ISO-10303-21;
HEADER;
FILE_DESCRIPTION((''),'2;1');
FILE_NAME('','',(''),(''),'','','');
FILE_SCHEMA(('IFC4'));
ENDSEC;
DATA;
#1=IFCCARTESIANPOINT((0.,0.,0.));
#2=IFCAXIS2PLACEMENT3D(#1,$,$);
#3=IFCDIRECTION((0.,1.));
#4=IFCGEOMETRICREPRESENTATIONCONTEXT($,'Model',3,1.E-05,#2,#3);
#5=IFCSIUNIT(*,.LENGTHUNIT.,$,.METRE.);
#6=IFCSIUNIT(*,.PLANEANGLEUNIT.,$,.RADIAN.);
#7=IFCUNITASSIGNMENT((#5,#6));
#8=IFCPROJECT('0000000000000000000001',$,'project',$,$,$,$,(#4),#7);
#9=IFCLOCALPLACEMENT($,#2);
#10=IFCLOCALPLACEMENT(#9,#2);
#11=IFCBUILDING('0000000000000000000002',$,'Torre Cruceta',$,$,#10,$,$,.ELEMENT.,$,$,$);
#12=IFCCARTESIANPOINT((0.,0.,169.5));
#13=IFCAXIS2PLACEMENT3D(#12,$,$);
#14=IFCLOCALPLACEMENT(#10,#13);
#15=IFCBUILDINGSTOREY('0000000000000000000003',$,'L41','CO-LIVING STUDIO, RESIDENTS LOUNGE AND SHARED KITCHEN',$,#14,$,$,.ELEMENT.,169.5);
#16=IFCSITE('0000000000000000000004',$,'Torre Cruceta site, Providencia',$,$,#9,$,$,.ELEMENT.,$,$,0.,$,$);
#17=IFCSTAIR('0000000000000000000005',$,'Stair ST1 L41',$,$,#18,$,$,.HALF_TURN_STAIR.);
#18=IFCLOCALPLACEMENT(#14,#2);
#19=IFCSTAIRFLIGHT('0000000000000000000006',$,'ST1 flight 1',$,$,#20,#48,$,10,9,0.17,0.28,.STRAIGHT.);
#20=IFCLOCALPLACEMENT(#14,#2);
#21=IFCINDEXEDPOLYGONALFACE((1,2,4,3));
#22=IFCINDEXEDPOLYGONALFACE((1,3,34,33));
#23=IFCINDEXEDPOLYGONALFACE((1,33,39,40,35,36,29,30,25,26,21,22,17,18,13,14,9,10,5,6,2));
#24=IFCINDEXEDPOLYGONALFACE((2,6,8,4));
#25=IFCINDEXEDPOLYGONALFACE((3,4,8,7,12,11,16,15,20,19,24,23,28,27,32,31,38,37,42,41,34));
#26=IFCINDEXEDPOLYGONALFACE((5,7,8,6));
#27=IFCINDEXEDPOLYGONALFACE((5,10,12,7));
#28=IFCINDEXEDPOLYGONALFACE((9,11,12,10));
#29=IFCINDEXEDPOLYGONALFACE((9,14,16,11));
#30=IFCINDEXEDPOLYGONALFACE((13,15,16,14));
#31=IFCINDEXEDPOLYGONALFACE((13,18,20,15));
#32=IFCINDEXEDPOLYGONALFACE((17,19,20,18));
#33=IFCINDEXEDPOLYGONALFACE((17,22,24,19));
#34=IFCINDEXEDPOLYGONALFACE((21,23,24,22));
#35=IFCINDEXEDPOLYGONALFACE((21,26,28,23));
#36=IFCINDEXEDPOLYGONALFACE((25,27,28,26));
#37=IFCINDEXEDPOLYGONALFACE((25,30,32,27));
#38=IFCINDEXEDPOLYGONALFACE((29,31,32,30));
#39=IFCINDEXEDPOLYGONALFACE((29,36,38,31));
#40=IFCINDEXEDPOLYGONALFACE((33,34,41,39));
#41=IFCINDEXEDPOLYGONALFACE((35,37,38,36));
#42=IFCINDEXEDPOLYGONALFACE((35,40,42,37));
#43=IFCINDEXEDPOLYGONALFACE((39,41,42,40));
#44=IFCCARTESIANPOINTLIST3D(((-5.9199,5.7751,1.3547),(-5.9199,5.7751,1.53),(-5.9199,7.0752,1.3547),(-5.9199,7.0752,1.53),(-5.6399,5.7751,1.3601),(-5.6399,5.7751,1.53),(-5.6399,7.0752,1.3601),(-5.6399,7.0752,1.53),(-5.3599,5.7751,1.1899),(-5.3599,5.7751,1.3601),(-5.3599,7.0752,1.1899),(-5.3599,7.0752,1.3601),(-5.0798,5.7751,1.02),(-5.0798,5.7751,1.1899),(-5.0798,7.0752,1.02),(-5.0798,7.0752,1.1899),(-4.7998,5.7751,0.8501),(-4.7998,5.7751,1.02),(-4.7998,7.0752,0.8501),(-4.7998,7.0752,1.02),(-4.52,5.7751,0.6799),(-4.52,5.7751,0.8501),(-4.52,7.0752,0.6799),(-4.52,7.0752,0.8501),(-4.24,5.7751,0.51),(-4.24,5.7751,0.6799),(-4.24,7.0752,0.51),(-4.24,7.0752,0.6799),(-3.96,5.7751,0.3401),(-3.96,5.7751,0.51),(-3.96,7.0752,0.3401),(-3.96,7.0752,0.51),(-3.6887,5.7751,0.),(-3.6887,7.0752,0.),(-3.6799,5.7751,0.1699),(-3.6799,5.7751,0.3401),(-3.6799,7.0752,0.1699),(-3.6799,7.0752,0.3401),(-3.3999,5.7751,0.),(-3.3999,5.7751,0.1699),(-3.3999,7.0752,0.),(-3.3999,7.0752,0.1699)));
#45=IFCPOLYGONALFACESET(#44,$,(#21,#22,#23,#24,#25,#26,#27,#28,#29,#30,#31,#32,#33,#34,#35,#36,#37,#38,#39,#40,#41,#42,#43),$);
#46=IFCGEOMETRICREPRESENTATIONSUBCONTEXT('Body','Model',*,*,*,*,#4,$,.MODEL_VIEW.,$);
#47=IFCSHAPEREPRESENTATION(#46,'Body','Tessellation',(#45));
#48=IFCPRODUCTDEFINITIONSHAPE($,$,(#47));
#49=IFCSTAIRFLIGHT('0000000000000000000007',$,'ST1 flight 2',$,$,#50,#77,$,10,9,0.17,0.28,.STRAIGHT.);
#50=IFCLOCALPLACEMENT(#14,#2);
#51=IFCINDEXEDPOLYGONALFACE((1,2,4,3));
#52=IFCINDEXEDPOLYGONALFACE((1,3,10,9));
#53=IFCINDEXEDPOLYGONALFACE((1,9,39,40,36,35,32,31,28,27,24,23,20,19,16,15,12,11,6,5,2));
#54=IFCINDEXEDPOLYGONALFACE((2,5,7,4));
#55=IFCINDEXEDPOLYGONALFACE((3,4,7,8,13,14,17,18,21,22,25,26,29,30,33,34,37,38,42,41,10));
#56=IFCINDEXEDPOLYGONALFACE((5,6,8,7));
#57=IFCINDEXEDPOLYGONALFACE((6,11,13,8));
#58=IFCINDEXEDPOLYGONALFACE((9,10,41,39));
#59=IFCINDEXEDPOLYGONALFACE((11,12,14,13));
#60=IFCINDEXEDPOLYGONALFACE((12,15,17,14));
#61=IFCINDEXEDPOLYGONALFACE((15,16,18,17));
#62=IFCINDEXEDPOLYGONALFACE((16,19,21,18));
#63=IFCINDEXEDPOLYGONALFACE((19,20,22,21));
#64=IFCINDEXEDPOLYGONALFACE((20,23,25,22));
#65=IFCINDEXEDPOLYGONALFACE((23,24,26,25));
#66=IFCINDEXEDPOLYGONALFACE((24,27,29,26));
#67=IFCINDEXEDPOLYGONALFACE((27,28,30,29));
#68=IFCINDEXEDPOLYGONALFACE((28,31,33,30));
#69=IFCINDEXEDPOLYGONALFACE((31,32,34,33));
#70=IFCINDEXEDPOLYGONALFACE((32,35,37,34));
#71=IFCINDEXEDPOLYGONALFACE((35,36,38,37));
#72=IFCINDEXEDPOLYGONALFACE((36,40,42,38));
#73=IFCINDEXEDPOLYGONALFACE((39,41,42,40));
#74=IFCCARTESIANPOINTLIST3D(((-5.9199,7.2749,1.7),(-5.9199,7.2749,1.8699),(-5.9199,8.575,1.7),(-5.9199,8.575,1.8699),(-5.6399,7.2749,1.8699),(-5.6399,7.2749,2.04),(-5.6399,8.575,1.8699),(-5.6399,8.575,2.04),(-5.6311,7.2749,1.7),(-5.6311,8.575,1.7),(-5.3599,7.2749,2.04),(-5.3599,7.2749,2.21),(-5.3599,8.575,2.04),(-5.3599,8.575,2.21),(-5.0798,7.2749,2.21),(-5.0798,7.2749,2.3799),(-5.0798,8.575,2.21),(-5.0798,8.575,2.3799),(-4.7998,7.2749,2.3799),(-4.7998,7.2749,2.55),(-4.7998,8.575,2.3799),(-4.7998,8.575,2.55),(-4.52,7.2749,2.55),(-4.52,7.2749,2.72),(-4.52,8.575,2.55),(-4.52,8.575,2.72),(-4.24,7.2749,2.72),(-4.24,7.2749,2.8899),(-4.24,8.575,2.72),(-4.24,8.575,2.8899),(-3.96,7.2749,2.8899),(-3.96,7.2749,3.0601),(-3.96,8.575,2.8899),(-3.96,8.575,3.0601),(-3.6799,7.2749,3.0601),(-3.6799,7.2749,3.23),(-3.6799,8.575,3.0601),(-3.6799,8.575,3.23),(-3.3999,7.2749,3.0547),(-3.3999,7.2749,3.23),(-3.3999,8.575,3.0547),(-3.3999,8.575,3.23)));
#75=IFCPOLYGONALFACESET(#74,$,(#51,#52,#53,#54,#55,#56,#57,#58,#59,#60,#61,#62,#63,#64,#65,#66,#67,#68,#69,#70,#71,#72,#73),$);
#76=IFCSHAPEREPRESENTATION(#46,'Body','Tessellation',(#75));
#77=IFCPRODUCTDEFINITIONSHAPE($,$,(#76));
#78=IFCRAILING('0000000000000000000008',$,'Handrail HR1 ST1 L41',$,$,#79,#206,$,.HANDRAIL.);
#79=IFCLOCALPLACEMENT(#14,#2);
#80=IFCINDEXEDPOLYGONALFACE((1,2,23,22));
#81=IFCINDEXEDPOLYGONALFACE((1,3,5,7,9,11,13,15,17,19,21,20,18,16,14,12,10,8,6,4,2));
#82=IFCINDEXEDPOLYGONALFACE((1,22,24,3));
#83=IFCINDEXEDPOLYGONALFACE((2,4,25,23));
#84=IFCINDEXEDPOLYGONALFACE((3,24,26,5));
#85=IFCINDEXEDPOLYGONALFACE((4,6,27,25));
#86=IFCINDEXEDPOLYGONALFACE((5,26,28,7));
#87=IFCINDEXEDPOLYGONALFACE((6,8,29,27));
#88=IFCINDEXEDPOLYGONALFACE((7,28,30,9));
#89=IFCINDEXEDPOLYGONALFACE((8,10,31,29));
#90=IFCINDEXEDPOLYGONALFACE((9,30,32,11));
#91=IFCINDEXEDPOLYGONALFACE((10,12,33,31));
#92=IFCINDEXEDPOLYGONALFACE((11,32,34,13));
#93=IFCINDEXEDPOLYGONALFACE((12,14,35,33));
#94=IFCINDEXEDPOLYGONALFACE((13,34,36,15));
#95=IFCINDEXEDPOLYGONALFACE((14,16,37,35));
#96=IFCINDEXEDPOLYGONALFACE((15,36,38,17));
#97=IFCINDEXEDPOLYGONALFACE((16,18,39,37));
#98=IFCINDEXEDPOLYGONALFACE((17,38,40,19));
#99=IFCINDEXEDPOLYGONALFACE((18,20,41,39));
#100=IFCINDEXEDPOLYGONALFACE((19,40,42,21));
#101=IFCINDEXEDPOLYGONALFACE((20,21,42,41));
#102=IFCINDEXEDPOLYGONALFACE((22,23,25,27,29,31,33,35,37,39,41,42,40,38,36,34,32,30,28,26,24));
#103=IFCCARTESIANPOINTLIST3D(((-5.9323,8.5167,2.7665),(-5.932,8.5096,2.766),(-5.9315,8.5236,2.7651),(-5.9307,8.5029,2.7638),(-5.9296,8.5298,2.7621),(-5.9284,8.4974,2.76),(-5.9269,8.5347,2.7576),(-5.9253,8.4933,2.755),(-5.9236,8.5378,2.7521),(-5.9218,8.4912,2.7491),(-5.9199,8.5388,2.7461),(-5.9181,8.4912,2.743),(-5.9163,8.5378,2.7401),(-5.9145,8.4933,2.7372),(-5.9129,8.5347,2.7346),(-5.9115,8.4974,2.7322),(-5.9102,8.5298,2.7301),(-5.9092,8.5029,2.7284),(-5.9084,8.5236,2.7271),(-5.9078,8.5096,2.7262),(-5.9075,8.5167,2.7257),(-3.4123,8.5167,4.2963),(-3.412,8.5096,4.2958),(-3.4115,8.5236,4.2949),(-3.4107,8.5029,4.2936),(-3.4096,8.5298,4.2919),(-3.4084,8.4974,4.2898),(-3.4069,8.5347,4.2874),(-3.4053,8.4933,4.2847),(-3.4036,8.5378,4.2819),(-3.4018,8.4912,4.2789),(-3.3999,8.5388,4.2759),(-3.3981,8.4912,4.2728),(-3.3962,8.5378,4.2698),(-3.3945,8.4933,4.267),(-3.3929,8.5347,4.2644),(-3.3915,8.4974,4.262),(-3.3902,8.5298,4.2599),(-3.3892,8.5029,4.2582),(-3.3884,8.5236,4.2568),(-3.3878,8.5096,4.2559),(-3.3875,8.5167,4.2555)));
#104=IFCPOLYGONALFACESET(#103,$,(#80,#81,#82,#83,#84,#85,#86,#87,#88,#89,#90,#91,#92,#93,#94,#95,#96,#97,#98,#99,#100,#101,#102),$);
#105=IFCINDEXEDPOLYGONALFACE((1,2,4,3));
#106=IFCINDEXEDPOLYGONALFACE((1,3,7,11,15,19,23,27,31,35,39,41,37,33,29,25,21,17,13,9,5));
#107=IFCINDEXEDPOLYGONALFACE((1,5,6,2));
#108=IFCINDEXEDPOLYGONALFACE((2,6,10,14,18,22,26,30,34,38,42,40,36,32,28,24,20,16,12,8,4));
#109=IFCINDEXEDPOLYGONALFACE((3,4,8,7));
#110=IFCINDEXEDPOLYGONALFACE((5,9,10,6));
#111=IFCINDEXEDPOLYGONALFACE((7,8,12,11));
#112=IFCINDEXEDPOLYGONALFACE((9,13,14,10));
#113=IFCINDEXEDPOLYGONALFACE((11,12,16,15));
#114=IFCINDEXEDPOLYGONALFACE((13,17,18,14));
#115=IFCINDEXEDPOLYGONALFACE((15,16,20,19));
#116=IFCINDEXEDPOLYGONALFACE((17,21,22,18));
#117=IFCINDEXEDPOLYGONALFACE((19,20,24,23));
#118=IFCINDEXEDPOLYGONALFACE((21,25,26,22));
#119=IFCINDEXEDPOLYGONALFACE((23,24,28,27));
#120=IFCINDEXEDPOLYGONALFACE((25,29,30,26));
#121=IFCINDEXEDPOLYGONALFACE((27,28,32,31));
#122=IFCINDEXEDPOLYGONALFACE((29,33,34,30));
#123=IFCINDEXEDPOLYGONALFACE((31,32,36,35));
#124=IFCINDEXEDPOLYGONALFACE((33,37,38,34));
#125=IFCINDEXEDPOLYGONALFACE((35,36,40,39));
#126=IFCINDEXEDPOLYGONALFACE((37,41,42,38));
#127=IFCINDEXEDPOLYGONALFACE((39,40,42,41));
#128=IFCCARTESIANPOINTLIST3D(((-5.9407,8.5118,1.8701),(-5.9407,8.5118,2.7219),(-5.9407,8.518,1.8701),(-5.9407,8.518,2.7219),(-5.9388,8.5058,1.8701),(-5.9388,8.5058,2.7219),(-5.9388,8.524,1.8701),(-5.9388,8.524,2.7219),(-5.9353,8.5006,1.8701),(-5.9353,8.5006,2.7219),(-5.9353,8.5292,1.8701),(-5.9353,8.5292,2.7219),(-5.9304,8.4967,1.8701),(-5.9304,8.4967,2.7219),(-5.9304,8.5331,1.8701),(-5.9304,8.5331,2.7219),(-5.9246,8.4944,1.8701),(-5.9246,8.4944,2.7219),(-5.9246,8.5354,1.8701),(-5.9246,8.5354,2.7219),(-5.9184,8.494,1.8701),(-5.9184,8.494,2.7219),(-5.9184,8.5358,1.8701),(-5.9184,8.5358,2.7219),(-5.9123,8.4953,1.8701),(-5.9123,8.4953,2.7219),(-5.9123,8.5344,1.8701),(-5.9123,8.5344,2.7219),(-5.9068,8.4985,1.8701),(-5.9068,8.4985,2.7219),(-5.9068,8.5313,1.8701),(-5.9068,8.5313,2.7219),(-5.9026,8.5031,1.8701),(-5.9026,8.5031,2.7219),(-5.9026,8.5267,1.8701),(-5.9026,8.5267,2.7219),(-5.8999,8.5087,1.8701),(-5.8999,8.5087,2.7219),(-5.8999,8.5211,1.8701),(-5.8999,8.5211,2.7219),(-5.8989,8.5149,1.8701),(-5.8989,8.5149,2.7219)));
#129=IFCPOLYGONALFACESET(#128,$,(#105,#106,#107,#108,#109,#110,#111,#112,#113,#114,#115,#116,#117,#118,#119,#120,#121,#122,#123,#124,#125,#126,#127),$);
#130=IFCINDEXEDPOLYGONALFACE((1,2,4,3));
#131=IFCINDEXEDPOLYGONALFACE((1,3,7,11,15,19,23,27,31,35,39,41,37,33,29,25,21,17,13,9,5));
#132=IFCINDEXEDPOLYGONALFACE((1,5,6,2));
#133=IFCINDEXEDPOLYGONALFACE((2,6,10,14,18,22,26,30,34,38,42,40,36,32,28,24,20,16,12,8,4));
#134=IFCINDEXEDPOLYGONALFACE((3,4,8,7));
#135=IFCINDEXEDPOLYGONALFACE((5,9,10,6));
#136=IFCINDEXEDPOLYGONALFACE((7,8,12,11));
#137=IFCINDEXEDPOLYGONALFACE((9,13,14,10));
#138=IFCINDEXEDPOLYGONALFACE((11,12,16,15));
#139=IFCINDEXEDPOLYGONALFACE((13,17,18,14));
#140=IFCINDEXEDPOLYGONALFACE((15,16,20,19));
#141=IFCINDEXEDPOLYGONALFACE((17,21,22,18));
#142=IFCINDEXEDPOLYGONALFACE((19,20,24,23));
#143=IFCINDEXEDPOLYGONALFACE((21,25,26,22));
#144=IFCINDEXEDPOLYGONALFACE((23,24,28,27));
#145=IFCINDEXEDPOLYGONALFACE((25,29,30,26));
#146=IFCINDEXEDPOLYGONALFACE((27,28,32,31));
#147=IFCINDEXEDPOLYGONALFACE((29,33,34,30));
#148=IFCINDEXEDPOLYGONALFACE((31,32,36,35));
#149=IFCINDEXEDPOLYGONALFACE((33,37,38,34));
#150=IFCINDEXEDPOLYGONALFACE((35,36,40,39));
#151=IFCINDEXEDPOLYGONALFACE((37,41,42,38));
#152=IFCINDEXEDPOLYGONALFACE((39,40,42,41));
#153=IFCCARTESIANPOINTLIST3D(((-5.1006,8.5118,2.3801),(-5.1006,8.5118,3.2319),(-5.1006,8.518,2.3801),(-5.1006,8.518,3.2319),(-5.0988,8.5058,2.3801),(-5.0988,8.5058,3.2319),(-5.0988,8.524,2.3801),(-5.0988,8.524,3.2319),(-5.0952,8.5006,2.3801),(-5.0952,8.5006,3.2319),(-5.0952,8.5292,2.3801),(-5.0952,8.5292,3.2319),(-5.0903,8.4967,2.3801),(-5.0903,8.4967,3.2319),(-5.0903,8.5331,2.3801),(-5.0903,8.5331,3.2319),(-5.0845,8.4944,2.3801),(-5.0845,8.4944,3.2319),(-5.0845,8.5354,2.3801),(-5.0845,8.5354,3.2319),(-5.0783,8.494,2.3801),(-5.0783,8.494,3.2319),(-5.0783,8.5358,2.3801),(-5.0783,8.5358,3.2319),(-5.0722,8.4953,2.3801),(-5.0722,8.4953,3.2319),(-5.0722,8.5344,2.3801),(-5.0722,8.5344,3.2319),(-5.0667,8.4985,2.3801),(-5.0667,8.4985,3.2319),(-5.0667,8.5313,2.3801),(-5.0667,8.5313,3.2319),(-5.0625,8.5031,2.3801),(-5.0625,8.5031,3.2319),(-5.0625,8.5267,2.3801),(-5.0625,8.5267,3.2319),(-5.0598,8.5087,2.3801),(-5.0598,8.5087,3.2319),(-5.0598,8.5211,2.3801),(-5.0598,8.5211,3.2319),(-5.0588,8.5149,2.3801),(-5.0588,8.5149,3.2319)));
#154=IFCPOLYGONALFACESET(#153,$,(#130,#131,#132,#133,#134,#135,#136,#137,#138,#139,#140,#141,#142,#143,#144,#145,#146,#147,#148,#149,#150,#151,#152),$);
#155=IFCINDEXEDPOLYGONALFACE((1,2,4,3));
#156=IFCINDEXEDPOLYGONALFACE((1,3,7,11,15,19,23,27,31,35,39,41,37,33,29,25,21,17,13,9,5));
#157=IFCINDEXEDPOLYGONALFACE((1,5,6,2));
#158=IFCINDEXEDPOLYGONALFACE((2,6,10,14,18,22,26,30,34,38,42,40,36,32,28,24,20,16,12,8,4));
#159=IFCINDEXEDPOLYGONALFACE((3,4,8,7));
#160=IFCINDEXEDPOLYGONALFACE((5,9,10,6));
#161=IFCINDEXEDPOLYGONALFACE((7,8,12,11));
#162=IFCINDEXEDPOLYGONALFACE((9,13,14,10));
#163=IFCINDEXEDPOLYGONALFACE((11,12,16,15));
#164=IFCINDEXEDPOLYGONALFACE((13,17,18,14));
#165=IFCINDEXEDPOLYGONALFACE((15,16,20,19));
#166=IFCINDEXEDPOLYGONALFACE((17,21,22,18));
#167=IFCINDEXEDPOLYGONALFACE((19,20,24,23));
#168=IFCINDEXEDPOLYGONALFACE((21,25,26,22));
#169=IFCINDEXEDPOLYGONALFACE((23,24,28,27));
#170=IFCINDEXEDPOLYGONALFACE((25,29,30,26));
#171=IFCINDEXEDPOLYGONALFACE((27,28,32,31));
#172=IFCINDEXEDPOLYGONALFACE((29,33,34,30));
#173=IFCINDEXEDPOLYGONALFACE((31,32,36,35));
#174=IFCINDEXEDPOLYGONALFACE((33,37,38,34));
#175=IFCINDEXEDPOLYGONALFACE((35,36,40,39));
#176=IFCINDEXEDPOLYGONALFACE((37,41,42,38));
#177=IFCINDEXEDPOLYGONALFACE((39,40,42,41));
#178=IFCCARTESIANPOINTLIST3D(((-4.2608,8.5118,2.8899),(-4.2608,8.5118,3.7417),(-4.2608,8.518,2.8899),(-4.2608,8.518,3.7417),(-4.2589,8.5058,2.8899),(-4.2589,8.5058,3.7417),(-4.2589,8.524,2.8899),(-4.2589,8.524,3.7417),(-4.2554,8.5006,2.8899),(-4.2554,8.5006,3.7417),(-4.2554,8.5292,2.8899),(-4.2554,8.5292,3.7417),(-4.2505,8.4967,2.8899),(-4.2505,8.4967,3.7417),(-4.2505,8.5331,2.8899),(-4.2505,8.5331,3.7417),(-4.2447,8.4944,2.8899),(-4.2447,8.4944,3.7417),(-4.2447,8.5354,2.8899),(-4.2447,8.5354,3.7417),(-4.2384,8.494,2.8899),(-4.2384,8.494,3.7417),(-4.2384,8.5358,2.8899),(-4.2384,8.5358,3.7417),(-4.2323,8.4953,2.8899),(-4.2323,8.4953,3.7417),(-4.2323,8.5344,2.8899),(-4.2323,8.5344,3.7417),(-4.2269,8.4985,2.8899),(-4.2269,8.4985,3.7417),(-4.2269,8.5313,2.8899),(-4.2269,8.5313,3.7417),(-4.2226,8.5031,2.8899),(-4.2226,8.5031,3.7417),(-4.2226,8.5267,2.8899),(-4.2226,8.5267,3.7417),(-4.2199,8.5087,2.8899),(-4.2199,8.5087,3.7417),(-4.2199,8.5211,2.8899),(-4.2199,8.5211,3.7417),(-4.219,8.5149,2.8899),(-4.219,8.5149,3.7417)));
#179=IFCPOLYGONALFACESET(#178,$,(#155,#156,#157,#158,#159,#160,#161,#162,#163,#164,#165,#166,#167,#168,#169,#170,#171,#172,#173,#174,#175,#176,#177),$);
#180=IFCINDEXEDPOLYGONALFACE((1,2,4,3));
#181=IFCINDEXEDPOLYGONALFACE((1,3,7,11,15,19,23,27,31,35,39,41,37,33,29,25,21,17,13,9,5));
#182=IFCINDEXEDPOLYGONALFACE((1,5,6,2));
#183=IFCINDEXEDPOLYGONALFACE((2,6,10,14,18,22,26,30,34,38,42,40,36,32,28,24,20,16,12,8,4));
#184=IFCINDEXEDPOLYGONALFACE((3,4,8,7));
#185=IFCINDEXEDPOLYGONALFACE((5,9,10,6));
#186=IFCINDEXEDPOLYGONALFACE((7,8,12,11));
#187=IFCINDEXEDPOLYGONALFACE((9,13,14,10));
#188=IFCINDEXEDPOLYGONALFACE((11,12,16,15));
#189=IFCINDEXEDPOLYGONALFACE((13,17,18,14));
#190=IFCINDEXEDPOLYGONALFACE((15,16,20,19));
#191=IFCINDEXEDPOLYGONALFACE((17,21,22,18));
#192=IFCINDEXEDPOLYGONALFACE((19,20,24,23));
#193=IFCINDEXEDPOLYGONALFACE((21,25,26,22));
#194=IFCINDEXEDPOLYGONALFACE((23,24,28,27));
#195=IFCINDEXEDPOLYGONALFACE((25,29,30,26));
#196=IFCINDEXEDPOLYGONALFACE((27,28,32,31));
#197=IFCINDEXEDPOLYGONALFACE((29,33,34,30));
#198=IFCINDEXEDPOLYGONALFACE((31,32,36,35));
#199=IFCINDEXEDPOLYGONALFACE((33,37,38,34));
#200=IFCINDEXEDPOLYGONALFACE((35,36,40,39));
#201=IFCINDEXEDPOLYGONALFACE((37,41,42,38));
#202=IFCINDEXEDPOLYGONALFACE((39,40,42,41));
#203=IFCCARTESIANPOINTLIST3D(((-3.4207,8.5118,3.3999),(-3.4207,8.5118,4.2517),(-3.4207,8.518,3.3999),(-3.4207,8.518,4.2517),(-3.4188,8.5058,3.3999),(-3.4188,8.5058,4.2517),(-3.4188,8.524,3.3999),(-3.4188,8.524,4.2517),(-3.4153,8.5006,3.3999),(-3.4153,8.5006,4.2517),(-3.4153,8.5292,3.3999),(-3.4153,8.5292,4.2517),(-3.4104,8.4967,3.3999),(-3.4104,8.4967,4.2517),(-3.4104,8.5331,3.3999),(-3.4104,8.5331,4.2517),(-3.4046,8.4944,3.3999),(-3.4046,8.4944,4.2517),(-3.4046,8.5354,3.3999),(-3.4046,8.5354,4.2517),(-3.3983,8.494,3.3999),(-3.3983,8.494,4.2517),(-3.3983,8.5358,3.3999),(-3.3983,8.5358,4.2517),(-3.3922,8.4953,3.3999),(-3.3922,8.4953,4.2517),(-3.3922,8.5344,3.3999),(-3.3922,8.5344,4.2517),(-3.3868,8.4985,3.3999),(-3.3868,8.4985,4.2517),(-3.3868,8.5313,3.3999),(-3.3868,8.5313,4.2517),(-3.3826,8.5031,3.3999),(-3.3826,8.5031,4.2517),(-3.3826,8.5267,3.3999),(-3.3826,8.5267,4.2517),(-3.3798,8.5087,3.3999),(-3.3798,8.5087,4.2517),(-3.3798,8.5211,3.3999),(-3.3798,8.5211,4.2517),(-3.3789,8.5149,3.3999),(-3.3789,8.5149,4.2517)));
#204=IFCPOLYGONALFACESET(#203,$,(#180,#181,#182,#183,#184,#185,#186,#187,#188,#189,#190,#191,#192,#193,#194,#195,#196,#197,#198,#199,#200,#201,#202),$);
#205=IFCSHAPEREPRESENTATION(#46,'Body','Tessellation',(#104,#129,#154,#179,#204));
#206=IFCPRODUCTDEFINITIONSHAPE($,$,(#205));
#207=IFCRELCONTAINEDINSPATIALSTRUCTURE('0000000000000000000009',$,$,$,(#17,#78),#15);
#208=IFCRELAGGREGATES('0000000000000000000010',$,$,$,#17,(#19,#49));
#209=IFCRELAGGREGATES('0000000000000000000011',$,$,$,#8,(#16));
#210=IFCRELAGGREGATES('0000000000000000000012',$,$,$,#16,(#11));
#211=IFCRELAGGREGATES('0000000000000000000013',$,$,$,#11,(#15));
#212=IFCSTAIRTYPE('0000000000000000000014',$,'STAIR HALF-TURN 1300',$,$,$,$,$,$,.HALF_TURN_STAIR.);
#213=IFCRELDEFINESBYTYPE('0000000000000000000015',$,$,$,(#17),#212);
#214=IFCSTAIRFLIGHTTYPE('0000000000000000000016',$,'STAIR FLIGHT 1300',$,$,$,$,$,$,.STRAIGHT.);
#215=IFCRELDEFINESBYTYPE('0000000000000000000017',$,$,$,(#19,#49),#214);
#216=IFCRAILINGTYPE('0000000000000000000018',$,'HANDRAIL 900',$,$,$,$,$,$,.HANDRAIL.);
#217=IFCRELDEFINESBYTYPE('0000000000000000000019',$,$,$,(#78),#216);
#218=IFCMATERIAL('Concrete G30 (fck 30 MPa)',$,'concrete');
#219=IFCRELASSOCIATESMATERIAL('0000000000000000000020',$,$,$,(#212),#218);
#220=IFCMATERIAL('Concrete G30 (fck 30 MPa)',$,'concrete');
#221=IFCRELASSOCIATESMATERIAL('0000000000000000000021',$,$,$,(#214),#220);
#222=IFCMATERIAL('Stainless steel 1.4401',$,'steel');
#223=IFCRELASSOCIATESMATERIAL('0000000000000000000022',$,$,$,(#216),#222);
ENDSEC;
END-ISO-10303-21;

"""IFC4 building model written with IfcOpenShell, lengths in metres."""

from ifc_helpers import new_model, si_unit, direction, frame, origin, origin_2d, place, context, subcontext, project, spatial, polyline, circle, outline, extrude, material, type_object, element, aggregate, save


model = new_model("IFC4")

# Units and contexts
model_context = context("Model", 3, precision=1e-05, world=origin(), true_north=direction((0.0, 1.0)))
body_context = subcontext(model_context, "Body", "Model", "MODEL_VIEW")
ifc_project = project(units=[si_unit("LENGTHUNIT", "METRE"), si_unit("PLANEANGLEUNIT", "RADIAN")], contexts=[model_context])

# Site, building, storey
site_placement = place(None, origin())
site = spatial("IfcSite", under=ifc_project, at=site_placement, Name="Torre Cruceta site, Providencia", CompositionType="ELEMENT", RefElevation=0.0)
building_placement = place(site_placement, origin())
building = spatial("IfcBuilding", under=site, at=building_placement, Name="Torre Cruceta", CompositionType="ELEMENT")
storey_placement = place(building_placement, frame((0.0, 0.0, 169.5)))
storey = spatial("IfcBuildingStorey", under=building, at=storey_placement, Name="L41", Description="CO-LIVING STUDIO, RESIDENTS LOUNGE AND SHARED KITCHEN", CompositionType="ELEMENT", Elevation=169.5)

# Stair, stair flights
ifc_material_1 = material(Name="Concrete G30 (fck 30 MPa)", Category="concrete")
stair_type = type_object("IfcStairType", Name="STAIR HALF-TURN 1300", PredefinedType="HALF_TURN_STAIR", material=ifc_material_1)
stair_placement = place(storey_placement, origin())
stair = element("IfcStair", 1, at=stair_placement, inside=storey, type_object=stair_type, Name="Stair ST1 L41", PredefinedType="HALF_TURN_STAIR")
ifc_material_2 = material(Name="Concrete G30 (fck 30 MPa)", Category="concrete")
stair_flight_type = type_object("IfcStairFlightType", Name="STAIR FLIGHT 1300", PredefinedType="STRAIGHT", material=ifc_material_2)
stair_flight_1_placement = place(storey_placement, frame((-3.3999, 6.425, 0.0), z_axis=(0.0, 0.0, 1.0), x_axis=(-1.0, 0.0, 0.0)))
stair_flight_1 = element("IfcStairFlight", 2, at=stair_flight_1_placement, type_object=stair_flight_type, Name="ST1 flight 1", NumberOfRisers=10, NumberOfTreads=9, PredefinedType="STRAIGHT", RiserHeight=0.17, TreadLength=0.28, context=body_context, shape_type="SweptSolid", body=[
    extrude(outline(polyline([(0.0, 0.0), (0.0, 0.1699), (0.28, 0.1699), (0.28, 0.3401), (0.5601, 0.3401), (0.5601, 0.51), (0.8401, 0.51), (0.8401, 0.6799), (1.1201, 0.6799), (1.1201, 0.8501), (1.3999, 0.8501), (1.3999, 1.02), (1.6799, 1.02), (1.6799, 1.1899), (1.96, 1.1899), (1.96, 1.3601), (2.24, 1.3601), (2.24, 1.53), (2.52, 1.53), (2.52, 1.7), (2.52, 1.3547), (0.2888, 0.0), (0.0, 0.0)])), frame((0.0, 0.6499, 0.0), z_axis=(0.0, -1.0, 0.0), x_axis=(1.0, 0.0, 0.0)), (0.0, 0.0, 1.0), 1.3),
])
stair_flight_2_placement = place(storey_placement, frame((-5.9199, 7.925, 1.7), z_axis=(0.0, 0.0, 1.0), x_axis=(1.0, 0.0, 0.0)))
stair_flight_2 = element("IfcStairFlight", 3, at=stair_flight_2_placement, type_object=stair_flight_type, Name="ST1 flight 2", NumberOfRisers=10, NumberOfTreads=9, PredefinedType="STRAIGHT", RiserHeight=0.17, TreadLength=0.28, context=body_context, shape_type="SweptSolid", body=[
    extrude(outline(polyline([(0.0, 0.0), (0.0, 0.1699), (0.28, 0.1699), (0.28, 0.3401), (0.5601, 0.3401), (0.5601, 0.51), (0.8401, 0.51), (0.8401, 0.6799), (1.1201, 0.6799), (1.1201, 0.8501), (1.3999, 0.8501), (1.3999, 1.02), (1.6799, 1.02), (1.6799, 1.1899), (1.96, 1.1899), (1.96, 1.3601), (2.24, 1.3601), (2.24, 1.53), (2.52, 1.53), (2.52, 1.7), (2.52, 1.3547), (0.2888, 0.0), (0.0, 0.0)])), frame((0.0, 0.6499, 0.0), z_axis=(0.0, -1.0, 0.0), x_axis=(1.0, 0.0, 0.0)), (0.0, 0.0, 1.0), 1.3),
])
aggregate(stair, [stair_flight_1, stair_flight_2])

# Railing
ifc_material_3 = material(Name="Stainless steel 1.4401", Category="steel")
railing_type = type_object("IfcRailingType", Name="HANDRAIL 900", PredefinedType="HANDRAIL", material=ifc_material_3)
railing_1_placement = place(storey_placement, frame((-5.9199, 8.5149, 1.8701)))
element("IfcRailing", 4, at=railing_1_placement, inside=storey, type_object=railing_type, Name="Handrail HR1 ST1 L41", PredefinedType="HANDRAIL", context=body_context, shape_type="SweptSolid", body=[
    extrude(circle(Radius=0.0239, at=origin_2d()), frame((0.0, 0.0, 0.876), z_axis=(0.854822, 0.0, 0.518922), x_axis=(0.0, 1.0, 0.0)), (0.0, 0.0, 1.0), 2.948),
    extrude(circle(Radius=0.021, at=origin_2d()), origin(), (0.0, 0.0, 1.0), 0.8518),
    extrude(circle(Radius=0.021, at=origin_2d()), frame((0.8401, 0.0, 0.51)), (0.0, 0.0, 1.0), 0.8518),
    extrude(circle(Radius=0.021, at=origin_2d()), frame((1.6799, 0.0, 1.0198)), (0.0, 0.0, 1.0), 0.8518),
    extrude(circle(Radius=0.021, at=origin_2d()), frame((2.52, 0.0, 1.5298)), (0.0, 0.0, 1.0), 0.8518),
])

save(model, "model.ifc")
